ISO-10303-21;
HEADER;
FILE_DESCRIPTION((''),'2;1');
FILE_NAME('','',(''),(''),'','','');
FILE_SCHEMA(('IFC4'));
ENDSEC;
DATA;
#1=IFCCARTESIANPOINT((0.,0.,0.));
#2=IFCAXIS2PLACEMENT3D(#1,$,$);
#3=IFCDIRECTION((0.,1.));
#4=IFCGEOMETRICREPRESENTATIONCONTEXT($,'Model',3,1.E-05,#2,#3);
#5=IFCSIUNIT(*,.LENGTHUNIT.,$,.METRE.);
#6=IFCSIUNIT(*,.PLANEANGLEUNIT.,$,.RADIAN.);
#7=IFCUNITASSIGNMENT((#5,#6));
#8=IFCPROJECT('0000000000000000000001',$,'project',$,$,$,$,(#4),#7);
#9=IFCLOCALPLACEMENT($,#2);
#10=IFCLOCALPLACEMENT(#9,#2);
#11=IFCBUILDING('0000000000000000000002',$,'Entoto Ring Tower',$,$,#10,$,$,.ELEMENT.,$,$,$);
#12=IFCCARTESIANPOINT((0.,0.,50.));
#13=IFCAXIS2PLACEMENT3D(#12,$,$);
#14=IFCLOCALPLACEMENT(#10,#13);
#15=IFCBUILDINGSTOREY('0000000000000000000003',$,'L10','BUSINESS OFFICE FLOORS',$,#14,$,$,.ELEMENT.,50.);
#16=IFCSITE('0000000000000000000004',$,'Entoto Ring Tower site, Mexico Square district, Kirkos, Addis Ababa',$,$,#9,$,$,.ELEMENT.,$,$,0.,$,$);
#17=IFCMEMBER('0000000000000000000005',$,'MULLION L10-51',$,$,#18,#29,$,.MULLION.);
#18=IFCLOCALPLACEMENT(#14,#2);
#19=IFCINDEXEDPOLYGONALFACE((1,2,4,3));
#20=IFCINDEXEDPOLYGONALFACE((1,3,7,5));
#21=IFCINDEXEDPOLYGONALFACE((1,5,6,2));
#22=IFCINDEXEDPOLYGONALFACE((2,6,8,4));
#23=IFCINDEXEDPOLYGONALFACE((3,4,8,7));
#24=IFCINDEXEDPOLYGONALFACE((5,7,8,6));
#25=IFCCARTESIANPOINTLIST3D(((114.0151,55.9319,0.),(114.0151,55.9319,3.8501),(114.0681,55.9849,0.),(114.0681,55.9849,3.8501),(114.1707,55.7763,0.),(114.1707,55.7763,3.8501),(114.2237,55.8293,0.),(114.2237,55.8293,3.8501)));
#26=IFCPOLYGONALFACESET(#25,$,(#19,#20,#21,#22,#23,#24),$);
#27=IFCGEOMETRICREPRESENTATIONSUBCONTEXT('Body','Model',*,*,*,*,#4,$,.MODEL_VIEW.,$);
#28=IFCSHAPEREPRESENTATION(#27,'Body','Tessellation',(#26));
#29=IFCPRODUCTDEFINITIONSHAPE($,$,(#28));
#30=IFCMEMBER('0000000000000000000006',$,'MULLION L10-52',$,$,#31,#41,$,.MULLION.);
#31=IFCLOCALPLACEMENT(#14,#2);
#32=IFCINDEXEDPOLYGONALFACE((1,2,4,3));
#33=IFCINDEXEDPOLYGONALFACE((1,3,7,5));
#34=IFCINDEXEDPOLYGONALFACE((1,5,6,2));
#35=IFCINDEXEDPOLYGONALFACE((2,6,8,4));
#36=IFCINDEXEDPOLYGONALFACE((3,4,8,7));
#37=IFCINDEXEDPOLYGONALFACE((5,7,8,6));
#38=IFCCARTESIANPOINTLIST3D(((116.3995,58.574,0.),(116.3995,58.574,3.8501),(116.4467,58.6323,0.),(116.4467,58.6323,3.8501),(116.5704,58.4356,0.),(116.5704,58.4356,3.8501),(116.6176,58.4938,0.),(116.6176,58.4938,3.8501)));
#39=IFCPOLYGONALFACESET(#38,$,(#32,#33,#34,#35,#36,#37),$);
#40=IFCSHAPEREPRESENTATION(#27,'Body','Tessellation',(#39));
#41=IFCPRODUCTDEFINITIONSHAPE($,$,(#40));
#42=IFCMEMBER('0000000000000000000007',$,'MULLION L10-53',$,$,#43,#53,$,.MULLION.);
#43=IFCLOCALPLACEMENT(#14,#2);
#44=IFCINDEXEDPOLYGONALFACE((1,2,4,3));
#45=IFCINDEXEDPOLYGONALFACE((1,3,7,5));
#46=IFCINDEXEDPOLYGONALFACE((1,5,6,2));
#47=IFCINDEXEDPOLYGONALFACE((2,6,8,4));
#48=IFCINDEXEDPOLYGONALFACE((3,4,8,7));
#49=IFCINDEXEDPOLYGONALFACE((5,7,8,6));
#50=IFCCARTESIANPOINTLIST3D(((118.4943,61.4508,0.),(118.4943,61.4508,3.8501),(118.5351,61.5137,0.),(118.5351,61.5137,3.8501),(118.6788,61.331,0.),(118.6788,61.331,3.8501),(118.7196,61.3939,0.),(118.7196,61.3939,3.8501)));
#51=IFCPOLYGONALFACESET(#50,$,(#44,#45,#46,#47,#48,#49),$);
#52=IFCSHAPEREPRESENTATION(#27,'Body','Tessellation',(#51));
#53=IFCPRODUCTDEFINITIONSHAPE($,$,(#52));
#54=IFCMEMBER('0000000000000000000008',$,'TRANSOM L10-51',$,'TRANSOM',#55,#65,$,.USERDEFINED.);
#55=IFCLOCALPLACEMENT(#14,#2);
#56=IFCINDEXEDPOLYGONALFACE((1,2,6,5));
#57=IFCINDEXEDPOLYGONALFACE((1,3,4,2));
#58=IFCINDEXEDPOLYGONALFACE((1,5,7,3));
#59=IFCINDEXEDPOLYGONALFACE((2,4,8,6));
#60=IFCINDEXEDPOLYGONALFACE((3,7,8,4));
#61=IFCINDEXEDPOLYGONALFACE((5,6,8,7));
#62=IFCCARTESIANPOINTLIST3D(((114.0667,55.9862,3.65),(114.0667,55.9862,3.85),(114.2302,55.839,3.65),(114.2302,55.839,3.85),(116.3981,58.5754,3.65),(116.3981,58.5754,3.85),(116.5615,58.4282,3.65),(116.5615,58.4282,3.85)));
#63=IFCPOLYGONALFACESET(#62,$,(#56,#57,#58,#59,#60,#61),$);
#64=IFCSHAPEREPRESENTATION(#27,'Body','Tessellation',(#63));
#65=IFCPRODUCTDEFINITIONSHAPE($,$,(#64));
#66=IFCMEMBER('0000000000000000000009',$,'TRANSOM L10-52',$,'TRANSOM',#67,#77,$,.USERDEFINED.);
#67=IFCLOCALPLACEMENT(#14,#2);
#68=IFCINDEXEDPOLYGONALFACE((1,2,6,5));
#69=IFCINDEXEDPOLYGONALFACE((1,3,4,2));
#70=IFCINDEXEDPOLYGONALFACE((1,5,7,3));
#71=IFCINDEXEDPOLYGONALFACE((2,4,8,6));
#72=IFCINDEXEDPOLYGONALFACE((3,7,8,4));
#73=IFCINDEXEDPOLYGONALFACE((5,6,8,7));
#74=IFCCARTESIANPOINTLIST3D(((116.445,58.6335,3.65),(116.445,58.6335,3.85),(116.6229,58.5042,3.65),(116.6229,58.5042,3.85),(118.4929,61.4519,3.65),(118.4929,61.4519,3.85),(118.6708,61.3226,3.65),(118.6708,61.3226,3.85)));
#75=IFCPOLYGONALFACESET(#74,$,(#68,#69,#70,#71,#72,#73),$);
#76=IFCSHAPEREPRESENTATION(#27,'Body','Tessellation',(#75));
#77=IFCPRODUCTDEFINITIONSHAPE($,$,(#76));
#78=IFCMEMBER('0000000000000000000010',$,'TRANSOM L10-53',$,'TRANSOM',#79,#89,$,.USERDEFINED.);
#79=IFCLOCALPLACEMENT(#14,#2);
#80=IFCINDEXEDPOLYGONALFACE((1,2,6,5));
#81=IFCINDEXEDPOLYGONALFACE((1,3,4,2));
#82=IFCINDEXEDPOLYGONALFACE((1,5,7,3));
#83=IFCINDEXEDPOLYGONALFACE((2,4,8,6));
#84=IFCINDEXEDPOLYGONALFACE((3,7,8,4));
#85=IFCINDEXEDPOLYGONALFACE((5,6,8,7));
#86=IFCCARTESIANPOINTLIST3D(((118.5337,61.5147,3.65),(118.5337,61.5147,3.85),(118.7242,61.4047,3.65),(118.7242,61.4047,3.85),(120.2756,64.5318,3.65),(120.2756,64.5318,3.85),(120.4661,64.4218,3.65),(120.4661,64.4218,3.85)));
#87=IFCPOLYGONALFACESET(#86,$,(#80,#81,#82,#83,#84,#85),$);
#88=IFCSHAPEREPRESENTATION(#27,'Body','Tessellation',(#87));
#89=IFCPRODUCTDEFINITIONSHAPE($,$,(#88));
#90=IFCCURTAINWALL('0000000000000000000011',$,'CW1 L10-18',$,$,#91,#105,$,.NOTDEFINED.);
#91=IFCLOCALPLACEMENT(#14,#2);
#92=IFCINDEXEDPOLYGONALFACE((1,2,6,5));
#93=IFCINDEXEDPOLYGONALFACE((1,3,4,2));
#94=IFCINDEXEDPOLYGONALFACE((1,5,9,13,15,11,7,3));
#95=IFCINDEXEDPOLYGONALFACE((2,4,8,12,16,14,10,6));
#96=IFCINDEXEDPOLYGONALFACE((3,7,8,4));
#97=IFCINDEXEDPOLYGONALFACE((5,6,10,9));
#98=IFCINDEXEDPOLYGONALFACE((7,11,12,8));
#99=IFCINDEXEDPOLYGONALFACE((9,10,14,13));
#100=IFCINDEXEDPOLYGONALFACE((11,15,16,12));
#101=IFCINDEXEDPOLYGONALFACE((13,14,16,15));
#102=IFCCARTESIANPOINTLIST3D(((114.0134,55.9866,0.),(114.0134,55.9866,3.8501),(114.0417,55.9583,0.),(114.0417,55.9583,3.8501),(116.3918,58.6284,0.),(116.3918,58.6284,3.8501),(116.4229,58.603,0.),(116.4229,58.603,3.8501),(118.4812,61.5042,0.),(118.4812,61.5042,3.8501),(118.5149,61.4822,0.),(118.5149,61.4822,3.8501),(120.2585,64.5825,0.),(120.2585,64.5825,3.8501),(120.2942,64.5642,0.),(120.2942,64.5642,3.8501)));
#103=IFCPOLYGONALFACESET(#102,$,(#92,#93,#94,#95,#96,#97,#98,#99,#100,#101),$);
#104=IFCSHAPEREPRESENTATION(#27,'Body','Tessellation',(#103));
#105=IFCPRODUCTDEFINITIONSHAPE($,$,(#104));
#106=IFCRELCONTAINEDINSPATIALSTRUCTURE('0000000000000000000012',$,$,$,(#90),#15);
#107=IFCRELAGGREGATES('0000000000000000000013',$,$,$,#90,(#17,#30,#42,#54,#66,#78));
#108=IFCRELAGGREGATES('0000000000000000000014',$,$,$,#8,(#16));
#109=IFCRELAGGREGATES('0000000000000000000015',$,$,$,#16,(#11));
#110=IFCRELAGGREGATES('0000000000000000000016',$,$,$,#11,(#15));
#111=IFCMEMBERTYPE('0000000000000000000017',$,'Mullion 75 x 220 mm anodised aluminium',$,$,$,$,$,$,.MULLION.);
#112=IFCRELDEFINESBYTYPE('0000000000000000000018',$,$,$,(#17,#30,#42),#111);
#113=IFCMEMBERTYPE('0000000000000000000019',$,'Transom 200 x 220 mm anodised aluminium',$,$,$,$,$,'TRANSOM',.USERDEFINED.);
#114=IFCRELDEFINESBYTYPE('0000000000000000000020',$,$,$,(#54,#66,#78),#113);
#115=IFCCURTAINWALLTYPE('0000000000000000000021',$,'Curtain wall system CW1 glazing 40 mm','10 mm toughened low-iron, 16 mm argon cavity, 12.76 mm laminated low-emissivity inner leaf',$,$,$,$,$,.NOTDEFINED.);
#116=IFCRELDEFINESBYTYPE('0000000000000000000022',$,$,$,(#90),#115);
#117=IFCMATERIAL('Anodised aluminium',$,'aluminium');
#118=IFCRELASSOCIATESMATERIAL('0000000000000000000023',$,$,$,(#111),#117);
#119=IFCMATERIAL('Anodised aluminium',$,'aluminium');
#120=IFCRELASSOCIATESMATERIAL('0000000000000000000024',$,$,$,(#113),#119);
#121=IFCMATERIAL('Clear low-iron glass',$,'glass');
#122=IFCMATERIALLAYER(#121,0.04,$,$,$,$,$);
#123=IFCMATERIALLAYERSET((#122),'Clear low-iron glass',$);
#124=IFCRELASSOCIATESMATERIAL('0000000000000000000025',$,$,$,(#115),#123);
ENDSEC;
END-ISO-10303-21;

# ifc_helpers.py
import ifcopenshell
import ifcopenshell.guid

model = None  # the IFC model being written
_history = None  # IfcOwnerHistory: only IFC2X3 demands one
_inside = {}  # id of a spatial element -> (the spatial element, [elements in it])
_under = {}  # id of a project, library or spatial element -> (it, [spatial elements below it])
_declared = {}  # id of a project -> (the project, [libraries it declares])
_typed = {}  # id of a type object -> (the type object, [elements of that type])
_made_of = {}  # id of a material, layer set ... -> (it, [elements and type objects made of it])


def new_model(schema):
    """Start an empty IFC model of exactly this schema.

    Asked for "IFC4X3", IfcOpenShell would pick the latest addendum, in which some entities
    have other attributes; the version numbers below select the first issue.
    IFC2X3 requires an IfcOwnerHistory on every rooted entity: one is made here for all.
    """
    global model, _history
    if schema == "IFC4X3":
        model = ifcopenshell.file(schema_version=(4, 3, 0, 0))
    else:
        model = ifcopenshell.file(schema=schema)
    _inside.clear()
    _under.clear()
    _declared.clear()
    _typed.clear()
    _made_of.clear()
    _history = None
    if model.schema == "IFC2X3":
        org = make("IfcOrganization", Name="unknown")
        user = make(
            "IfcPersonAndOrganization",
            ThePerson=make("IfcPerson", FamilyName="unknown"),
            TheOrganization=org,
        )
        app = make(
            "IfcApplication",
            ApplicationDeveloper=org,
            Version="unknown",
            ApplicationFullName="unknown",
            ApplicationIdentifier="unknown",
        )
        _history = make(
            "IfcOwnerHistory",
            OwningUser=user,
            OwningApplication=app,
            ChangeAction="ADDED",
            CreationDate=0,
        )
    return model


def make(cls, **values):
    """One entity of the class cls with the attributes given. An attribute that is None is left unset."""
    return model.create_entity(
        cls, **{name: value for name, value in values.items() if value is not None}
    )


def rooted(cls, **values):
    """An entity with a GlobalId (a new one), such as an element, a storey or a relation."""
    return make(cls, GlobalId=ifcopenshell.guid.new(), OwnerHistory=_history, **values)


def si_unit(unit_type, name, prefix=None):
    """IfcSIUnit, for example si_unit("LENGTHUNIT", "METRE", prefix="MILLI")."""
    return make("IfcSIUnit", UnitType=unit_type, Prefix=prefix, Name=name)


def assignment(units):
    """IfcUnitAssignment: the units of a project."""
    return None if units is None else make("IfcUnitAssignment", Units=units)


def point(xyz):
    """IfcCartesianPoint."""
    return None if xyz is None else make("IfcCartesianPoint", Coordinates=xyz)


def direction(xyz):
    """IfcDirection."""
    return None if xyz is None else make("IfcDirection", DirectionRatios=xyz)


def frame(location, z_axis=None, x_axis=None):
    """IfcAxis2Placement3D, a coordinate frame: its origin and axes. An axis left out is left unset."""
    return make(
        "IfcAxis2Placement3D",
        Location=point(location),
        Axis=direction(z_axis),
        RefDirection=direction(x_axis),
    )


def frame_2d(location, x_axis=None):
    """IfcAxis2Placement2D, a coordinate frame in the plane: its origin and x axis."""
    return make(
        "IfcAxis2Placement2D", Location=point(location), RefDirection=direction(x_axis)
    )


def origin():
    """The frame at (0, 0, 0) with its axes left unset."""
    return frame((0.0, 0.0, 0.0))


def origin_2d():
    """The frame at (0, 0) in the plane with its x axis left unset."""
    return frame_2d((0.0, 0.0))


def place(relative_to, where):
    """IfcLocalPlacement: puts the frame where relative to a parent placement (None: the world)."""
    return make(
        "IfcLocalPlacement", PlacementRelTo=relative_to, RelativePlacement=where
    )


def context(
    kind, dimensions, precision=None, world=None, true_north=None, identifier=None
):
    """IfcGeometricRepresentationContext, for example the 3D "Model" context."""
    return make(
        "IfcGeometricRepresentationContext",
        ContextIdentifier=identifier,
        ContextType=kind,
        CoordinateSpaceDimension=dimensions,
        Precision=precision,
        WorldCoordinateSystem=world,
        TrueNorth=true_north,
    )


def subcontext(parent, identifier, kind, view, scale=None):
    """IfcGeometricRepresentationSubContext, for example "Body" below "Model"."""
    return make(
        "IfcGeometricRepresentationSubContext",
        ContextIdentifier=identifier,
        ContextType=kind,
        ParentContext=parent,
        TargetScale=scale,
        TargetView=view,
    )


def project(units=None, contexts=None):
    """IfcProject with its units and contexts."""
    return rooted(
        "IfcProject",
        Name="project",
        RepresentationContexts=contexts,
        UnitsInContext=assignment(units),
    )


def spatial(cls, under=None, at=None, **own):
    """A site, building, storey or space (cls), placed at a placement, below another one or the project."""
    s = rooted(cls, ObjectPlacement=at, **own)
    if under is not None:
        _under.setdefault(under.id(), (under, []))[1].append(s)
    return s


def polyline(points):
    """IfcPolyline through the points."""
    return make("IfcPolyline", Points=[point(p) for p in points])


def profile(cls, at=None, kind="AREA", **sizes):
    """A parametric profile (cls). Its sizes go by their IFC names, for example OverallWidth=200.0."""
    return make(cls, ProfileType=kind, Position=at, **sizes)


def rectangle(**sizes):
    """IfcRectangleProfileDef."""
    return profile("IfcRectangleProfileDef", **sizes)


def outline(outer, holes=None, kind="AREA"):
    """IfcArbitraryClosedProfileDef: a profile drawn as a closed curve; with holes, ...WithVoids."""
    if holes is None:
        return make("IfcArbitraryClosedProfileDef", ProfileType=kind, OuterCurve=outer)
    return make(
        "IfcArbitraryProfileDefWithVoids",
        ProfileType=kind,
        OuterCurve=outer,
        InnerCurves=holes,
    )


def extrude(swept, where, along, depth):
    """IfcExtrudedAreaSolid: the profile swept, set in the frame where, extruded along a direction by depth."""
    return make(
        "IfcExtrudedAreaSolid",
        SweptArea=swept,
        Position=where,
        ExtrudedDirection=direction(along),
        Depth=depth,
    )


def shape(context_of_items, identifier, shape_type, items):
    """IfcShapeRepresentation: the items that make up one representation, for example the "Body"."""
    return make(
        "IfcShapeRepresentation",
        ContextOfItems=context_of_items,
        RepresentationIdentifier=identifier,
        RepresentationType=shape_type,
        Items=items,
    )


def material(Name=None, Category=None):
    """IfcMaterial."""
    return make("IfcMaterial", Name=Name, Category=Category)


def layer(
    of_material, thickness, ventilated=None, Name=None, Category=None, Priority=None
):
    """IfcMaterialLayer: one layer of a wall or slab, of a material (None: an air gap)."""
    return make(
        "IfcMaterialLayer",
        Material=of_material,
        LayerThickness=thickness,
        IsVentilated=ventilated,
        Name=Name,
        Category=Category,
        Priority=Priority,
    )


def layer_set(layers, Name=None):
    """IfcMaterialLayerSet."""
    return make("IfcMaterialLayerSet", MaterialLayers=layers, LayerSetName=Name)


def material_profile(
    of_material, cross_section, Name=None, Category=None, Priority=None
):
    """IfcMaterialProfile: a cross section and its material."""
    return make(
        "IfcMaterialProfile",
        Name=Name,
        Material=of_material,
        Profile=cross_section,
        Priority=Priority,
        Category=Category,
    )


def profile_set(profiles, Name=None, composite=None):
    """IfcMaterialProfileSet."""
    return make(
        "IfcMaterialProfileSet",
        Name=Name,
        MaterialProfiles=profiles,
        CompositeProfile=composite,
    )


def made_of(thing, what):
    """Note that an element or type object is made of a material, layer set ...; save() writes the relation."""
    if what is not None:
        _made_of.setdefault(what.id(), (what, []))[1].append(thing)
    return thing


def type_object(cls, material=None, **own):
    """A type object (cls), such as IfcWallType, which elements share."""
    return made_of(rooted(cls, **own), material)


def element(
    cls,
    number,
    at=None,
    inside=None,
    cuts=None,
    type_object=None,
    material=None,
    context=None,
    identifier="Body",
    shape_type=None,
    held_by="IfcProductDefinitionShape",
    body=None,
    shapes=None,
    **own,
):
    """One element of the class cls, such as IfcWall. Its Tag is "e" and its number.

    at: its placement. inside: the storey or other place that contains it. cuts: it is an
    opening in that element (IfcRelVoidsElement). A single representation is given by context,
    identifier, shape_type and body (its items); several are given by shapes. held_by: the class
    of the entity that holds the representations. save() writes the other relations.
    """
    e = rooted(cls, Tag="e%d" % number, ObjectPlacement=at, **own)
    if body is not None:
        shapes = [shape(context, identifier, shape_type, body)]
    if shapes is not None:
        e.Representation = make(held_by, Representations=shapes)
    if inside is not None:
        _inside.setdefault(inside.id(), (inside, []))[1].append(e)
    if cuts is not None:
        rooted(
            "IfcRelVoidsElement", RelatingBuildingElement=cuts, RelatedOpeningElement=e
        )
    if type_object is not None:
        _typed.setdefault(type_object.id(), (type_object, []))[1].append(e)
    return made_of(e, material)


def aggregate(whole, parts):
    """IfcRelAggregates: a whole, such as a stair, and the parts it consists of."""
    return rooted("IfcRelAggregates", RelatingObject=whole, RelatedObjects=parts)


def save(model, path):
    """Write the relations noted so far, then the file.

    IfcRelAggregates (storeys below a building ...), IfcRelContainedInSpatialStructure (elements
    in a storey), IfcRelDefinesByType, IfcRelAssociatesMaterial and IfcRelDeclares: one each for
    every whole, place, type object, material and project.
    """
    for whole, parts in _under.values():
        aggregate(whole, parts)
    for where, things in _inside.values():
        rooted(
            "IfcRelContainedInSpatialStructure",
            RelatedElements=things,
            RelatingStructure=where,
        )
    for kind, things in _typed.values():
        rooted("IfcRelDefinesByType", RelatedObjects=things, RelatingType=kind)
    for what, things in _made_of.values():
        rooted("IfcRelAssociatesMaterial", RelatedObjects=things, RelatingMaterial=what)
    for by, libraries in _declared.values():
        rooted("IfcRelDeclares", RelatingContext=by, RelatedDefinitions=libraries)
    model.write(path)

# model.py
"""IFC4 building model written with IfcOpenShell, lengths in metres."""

from ifc_helpers import new_model, si_unit, direction, frame, origin, origin_2d, place, context, subcontext, project, spatial, polyline, rectangle, outline, extrude, material, layer, layer_set, material_profile, profile_set, type_object, element, aggregate, save


model = new_model("IFC4")

# Units and contexts
model_context = context("Model", 3, precision=1e-05, world=origin(), true_north=direction((0.0, 1.0)))
body_context = subcontext(model_context, "Body", "Model", "MODEL_VIEW")
ifc_project = project(units=[si_unit("LENGTHUNIT", "METRE"), si_unit("PLANEANGLEUNIT", "RADIAN")], contexts=[model_context])

# Members
ifc_material_1 = material(Name="Anodised aluminium", Category="aluminium")
ifc_material_profile_1 = material_profile(ifc_material_1, rectangle(XDim=0.075, YDim=0.22, at=origin_2d()), Name="Mullion 75 x 220 mm anodised aluminium")
ifc_profile_set_1 = profile_set([ifc_material_profile_1], Name="Anodised aluminium")
member_type_1 = type_object("IfcMemberType", Name="Mullion 75 x 220 mm anodised aluminium", PredefinedType="MULLION", material=ifc_profile_set_1)
site_placement = place(None, origin())
building_placement = place(site_placement, origin())
storey_placement = place(building_placement, frame((0.0, 0.0, 50.0)))
member_1_placement = place(storey_placement, frame((114.1194, 55.8806, 0.0), z_axis=(0.0, 0.0, 1.0), x_axis=(0.707107, 0.707107, 0.0)))
member_1 = element("IfcMember", 1, at=member_1_placement, type_object=member_type_1, Name="MULLION L10-51", PredefinedType="MULLION", context=body_context, shape_type="SweptSolid", body=[
    extrude(rectangle(XDim=0.075, YDim=0.22, at=origin_2d()), origin(), (0.0, 0.0, 1.0), 3.8501),
])
member_2_placement = place(storey_placement, frame((116.5085, 58.5339, 0.0), z_axis=(0.0, 0.0, 1.0), x_axis=(0.62932, 0.777146, 0.0)))
member_2 = element("IfcMember", 2, at=member_2_placement, type_object=member_type_1, Name="MULLION L10-52", PredefinedType="MULLION", context=body_context, shape_type="SweptSolid", body=[
    extrude(rectangle(XDim=0.075, YDim=0.22, at=origin_2d()), origin(), (0.0, 0.0, 1.0), 3.8501),
])
member_3_placement = place(storey_placement, frame((118.6069, 61.4224, 0.0), z_axis=(0.0, 0.0, 1.0), x_axis=(0.544639, 0.838671, 0.0)))
member_3 = element("IfcMember", 3, at=member_3_placement, type_object=member_type_1, Name="MULLION L10-53", PredefinedType="MULLION", context=body_context, shape_type="SweptSolid", body=[
    extrude(rectangle(XDim=0.075, YDim=0.22, at=origin_2d()), origin(), (0.0, 0.0, 1.0), 3.8501),
])
ifc_material_2 = material(Name="Anodised aluminium", Category="aluminium")
ifc_material_profile_2 = material_profile(ifc_material_2, rectangle(XDim=0.22, YDim=0.2, at=origin_2d()), Name="Transom 200 x 220 mm anodised aluminium")
ifc_profile_set_2 = profile_set([ifc_material_profile_2], Name="Anodised aluminium")
member_type_2 = type_object("IfcMemberType", Name="Transom 200 x 220 mm anodised aluminium", ElementType="TRANSOM", PredefinedType="USERDEFINED", material=ifc_profile_set_2)
member_4_placement = place(storey_placement, frame((114.1484, 55.9126, 3.75), z_axis=(0.669139, 0.743137, 0.0), x_axis=(-0.743137, 0.669139, 0.0)))
member_4 = element("IfcMember", 4, at=member_4_placement, type_object=member_type_2, Name="TRANSOM L10-51", ObjectType="TRANSOM", PredefinedType="USERDEFINED", context=body_context, shape_type="SweptSolid", body=[
    extrude(rectangle(XDim=0.22, YDim=0.2, at=origin_2d()), origin(), (0.0, 0.0, 1.0), 3.4841),
])
member_5_placement = place(storey_placement, frame((116.5339, 58.5688, 3.75), z_axis=(0.587822, 0.808991, 0.0), x_axis=(-0.808991, 0.587822, 0.0)))
member_5 = element("IfcMember", 5, at=member_5_placement, type_object=member_type_2, Name="TRANSOM L10-52", ObjectType="TRANSOM", PredefinedType="USERDEFINED", context=body_context, shape_type="SweptSolid", body=[
    extrude(rectangle(XDim=0.22, YDim=0.2, at=origin_2d()), origin(), (0.0, 0.0, 1.0), 3.4839),
])
member_6_placement = place(storey_placement, frame((118.6289, 61.4597, 3.75), z_axis=(0.500006, 0.866022, 0.0), x_axis=(-0.866022, 0.500006, 0.0)))
member_6 = element("IfcMember", 6, at=member_6_placement, type_object=member_type_2, Name="TRANSOM L10-53", ObjectType="TRANSOM", PredefinedType="USERDEFINED", context=body_context, shape_type="SweptSolid", body=[
    extrude(rectangle(XDim=0.22, YDim=0.2, at=origin_2d()), origin(), (0.0, 0.0, 1.0), 3.4839),
])

# Site, building, storey
site = spatial("IfcSite", under=ifc_project, at=site_placement, Name="Entoto Ring Tower site, Mexico Square district, Kirkos, Addis Ababa", CompositionType="ELEMENT", RefElevation=0.0)
building = spatial("IfcBuilding", under=site, at=building_placement, Name="Entoto Ring Tower", CompositionType="ELEMENT")
storey = spatial("IfcBuildingStorey", under=building, at=storey_placement, Name="L10", Description="BUSINESS OFFICE FLOORS", CompositionType="ELEMENT", Elevation=50.0)

# Curtain wall
ifc_material_3 = material(Name="Clear low-iron glass", Category="glass")
ifc_layer_1 = layer(ifc_material_3, 0.04)
ifc_layer_set_1 = layer_set([ifc_layer_1], Name="Clear low-iron glass")
curtain_wall_type = type_object("IfcCurtainWallType", Name="Curtain wall system CW1 glazing 40 mm", Description="10 mm toughened low-iron, 16 mm argon cavity, 12.76 mm laminated low-emissivity inner leaf", PredefinedType="NOTDEFINED", material=ifc_layer_set_1)
curtain_wall_1_placement = place(storey_placement, origin())
curtain_wall_1 = element("IfcCurtainWall", 7, at=curtain_wall_1_placement, inside=storey, type_object=curtain_wall_type, Name="CW1 L10-18", PredefinedType="NOTDEFINED", context=body_context, shape_type="SweptSolid", body=[
    extrude(outline(polyline([(114.0417, 55.9583), (116.4229, 58.603), (118.5149, 61.4822), (120.2942, 64.5642), (120.2585, 64.5825), (118.4812, 61.5042), (116.3918, 58.6284), (114.0134, 55.9866), (114.0417, 55.9583)])), origin(), (0.0, 0.0, 1.0), 3.8501),
])
aggregate(curtain_wall_1, [member_1, member_2, member_3, member_4, member_5, member_6])

save(model, "model.ifc")
